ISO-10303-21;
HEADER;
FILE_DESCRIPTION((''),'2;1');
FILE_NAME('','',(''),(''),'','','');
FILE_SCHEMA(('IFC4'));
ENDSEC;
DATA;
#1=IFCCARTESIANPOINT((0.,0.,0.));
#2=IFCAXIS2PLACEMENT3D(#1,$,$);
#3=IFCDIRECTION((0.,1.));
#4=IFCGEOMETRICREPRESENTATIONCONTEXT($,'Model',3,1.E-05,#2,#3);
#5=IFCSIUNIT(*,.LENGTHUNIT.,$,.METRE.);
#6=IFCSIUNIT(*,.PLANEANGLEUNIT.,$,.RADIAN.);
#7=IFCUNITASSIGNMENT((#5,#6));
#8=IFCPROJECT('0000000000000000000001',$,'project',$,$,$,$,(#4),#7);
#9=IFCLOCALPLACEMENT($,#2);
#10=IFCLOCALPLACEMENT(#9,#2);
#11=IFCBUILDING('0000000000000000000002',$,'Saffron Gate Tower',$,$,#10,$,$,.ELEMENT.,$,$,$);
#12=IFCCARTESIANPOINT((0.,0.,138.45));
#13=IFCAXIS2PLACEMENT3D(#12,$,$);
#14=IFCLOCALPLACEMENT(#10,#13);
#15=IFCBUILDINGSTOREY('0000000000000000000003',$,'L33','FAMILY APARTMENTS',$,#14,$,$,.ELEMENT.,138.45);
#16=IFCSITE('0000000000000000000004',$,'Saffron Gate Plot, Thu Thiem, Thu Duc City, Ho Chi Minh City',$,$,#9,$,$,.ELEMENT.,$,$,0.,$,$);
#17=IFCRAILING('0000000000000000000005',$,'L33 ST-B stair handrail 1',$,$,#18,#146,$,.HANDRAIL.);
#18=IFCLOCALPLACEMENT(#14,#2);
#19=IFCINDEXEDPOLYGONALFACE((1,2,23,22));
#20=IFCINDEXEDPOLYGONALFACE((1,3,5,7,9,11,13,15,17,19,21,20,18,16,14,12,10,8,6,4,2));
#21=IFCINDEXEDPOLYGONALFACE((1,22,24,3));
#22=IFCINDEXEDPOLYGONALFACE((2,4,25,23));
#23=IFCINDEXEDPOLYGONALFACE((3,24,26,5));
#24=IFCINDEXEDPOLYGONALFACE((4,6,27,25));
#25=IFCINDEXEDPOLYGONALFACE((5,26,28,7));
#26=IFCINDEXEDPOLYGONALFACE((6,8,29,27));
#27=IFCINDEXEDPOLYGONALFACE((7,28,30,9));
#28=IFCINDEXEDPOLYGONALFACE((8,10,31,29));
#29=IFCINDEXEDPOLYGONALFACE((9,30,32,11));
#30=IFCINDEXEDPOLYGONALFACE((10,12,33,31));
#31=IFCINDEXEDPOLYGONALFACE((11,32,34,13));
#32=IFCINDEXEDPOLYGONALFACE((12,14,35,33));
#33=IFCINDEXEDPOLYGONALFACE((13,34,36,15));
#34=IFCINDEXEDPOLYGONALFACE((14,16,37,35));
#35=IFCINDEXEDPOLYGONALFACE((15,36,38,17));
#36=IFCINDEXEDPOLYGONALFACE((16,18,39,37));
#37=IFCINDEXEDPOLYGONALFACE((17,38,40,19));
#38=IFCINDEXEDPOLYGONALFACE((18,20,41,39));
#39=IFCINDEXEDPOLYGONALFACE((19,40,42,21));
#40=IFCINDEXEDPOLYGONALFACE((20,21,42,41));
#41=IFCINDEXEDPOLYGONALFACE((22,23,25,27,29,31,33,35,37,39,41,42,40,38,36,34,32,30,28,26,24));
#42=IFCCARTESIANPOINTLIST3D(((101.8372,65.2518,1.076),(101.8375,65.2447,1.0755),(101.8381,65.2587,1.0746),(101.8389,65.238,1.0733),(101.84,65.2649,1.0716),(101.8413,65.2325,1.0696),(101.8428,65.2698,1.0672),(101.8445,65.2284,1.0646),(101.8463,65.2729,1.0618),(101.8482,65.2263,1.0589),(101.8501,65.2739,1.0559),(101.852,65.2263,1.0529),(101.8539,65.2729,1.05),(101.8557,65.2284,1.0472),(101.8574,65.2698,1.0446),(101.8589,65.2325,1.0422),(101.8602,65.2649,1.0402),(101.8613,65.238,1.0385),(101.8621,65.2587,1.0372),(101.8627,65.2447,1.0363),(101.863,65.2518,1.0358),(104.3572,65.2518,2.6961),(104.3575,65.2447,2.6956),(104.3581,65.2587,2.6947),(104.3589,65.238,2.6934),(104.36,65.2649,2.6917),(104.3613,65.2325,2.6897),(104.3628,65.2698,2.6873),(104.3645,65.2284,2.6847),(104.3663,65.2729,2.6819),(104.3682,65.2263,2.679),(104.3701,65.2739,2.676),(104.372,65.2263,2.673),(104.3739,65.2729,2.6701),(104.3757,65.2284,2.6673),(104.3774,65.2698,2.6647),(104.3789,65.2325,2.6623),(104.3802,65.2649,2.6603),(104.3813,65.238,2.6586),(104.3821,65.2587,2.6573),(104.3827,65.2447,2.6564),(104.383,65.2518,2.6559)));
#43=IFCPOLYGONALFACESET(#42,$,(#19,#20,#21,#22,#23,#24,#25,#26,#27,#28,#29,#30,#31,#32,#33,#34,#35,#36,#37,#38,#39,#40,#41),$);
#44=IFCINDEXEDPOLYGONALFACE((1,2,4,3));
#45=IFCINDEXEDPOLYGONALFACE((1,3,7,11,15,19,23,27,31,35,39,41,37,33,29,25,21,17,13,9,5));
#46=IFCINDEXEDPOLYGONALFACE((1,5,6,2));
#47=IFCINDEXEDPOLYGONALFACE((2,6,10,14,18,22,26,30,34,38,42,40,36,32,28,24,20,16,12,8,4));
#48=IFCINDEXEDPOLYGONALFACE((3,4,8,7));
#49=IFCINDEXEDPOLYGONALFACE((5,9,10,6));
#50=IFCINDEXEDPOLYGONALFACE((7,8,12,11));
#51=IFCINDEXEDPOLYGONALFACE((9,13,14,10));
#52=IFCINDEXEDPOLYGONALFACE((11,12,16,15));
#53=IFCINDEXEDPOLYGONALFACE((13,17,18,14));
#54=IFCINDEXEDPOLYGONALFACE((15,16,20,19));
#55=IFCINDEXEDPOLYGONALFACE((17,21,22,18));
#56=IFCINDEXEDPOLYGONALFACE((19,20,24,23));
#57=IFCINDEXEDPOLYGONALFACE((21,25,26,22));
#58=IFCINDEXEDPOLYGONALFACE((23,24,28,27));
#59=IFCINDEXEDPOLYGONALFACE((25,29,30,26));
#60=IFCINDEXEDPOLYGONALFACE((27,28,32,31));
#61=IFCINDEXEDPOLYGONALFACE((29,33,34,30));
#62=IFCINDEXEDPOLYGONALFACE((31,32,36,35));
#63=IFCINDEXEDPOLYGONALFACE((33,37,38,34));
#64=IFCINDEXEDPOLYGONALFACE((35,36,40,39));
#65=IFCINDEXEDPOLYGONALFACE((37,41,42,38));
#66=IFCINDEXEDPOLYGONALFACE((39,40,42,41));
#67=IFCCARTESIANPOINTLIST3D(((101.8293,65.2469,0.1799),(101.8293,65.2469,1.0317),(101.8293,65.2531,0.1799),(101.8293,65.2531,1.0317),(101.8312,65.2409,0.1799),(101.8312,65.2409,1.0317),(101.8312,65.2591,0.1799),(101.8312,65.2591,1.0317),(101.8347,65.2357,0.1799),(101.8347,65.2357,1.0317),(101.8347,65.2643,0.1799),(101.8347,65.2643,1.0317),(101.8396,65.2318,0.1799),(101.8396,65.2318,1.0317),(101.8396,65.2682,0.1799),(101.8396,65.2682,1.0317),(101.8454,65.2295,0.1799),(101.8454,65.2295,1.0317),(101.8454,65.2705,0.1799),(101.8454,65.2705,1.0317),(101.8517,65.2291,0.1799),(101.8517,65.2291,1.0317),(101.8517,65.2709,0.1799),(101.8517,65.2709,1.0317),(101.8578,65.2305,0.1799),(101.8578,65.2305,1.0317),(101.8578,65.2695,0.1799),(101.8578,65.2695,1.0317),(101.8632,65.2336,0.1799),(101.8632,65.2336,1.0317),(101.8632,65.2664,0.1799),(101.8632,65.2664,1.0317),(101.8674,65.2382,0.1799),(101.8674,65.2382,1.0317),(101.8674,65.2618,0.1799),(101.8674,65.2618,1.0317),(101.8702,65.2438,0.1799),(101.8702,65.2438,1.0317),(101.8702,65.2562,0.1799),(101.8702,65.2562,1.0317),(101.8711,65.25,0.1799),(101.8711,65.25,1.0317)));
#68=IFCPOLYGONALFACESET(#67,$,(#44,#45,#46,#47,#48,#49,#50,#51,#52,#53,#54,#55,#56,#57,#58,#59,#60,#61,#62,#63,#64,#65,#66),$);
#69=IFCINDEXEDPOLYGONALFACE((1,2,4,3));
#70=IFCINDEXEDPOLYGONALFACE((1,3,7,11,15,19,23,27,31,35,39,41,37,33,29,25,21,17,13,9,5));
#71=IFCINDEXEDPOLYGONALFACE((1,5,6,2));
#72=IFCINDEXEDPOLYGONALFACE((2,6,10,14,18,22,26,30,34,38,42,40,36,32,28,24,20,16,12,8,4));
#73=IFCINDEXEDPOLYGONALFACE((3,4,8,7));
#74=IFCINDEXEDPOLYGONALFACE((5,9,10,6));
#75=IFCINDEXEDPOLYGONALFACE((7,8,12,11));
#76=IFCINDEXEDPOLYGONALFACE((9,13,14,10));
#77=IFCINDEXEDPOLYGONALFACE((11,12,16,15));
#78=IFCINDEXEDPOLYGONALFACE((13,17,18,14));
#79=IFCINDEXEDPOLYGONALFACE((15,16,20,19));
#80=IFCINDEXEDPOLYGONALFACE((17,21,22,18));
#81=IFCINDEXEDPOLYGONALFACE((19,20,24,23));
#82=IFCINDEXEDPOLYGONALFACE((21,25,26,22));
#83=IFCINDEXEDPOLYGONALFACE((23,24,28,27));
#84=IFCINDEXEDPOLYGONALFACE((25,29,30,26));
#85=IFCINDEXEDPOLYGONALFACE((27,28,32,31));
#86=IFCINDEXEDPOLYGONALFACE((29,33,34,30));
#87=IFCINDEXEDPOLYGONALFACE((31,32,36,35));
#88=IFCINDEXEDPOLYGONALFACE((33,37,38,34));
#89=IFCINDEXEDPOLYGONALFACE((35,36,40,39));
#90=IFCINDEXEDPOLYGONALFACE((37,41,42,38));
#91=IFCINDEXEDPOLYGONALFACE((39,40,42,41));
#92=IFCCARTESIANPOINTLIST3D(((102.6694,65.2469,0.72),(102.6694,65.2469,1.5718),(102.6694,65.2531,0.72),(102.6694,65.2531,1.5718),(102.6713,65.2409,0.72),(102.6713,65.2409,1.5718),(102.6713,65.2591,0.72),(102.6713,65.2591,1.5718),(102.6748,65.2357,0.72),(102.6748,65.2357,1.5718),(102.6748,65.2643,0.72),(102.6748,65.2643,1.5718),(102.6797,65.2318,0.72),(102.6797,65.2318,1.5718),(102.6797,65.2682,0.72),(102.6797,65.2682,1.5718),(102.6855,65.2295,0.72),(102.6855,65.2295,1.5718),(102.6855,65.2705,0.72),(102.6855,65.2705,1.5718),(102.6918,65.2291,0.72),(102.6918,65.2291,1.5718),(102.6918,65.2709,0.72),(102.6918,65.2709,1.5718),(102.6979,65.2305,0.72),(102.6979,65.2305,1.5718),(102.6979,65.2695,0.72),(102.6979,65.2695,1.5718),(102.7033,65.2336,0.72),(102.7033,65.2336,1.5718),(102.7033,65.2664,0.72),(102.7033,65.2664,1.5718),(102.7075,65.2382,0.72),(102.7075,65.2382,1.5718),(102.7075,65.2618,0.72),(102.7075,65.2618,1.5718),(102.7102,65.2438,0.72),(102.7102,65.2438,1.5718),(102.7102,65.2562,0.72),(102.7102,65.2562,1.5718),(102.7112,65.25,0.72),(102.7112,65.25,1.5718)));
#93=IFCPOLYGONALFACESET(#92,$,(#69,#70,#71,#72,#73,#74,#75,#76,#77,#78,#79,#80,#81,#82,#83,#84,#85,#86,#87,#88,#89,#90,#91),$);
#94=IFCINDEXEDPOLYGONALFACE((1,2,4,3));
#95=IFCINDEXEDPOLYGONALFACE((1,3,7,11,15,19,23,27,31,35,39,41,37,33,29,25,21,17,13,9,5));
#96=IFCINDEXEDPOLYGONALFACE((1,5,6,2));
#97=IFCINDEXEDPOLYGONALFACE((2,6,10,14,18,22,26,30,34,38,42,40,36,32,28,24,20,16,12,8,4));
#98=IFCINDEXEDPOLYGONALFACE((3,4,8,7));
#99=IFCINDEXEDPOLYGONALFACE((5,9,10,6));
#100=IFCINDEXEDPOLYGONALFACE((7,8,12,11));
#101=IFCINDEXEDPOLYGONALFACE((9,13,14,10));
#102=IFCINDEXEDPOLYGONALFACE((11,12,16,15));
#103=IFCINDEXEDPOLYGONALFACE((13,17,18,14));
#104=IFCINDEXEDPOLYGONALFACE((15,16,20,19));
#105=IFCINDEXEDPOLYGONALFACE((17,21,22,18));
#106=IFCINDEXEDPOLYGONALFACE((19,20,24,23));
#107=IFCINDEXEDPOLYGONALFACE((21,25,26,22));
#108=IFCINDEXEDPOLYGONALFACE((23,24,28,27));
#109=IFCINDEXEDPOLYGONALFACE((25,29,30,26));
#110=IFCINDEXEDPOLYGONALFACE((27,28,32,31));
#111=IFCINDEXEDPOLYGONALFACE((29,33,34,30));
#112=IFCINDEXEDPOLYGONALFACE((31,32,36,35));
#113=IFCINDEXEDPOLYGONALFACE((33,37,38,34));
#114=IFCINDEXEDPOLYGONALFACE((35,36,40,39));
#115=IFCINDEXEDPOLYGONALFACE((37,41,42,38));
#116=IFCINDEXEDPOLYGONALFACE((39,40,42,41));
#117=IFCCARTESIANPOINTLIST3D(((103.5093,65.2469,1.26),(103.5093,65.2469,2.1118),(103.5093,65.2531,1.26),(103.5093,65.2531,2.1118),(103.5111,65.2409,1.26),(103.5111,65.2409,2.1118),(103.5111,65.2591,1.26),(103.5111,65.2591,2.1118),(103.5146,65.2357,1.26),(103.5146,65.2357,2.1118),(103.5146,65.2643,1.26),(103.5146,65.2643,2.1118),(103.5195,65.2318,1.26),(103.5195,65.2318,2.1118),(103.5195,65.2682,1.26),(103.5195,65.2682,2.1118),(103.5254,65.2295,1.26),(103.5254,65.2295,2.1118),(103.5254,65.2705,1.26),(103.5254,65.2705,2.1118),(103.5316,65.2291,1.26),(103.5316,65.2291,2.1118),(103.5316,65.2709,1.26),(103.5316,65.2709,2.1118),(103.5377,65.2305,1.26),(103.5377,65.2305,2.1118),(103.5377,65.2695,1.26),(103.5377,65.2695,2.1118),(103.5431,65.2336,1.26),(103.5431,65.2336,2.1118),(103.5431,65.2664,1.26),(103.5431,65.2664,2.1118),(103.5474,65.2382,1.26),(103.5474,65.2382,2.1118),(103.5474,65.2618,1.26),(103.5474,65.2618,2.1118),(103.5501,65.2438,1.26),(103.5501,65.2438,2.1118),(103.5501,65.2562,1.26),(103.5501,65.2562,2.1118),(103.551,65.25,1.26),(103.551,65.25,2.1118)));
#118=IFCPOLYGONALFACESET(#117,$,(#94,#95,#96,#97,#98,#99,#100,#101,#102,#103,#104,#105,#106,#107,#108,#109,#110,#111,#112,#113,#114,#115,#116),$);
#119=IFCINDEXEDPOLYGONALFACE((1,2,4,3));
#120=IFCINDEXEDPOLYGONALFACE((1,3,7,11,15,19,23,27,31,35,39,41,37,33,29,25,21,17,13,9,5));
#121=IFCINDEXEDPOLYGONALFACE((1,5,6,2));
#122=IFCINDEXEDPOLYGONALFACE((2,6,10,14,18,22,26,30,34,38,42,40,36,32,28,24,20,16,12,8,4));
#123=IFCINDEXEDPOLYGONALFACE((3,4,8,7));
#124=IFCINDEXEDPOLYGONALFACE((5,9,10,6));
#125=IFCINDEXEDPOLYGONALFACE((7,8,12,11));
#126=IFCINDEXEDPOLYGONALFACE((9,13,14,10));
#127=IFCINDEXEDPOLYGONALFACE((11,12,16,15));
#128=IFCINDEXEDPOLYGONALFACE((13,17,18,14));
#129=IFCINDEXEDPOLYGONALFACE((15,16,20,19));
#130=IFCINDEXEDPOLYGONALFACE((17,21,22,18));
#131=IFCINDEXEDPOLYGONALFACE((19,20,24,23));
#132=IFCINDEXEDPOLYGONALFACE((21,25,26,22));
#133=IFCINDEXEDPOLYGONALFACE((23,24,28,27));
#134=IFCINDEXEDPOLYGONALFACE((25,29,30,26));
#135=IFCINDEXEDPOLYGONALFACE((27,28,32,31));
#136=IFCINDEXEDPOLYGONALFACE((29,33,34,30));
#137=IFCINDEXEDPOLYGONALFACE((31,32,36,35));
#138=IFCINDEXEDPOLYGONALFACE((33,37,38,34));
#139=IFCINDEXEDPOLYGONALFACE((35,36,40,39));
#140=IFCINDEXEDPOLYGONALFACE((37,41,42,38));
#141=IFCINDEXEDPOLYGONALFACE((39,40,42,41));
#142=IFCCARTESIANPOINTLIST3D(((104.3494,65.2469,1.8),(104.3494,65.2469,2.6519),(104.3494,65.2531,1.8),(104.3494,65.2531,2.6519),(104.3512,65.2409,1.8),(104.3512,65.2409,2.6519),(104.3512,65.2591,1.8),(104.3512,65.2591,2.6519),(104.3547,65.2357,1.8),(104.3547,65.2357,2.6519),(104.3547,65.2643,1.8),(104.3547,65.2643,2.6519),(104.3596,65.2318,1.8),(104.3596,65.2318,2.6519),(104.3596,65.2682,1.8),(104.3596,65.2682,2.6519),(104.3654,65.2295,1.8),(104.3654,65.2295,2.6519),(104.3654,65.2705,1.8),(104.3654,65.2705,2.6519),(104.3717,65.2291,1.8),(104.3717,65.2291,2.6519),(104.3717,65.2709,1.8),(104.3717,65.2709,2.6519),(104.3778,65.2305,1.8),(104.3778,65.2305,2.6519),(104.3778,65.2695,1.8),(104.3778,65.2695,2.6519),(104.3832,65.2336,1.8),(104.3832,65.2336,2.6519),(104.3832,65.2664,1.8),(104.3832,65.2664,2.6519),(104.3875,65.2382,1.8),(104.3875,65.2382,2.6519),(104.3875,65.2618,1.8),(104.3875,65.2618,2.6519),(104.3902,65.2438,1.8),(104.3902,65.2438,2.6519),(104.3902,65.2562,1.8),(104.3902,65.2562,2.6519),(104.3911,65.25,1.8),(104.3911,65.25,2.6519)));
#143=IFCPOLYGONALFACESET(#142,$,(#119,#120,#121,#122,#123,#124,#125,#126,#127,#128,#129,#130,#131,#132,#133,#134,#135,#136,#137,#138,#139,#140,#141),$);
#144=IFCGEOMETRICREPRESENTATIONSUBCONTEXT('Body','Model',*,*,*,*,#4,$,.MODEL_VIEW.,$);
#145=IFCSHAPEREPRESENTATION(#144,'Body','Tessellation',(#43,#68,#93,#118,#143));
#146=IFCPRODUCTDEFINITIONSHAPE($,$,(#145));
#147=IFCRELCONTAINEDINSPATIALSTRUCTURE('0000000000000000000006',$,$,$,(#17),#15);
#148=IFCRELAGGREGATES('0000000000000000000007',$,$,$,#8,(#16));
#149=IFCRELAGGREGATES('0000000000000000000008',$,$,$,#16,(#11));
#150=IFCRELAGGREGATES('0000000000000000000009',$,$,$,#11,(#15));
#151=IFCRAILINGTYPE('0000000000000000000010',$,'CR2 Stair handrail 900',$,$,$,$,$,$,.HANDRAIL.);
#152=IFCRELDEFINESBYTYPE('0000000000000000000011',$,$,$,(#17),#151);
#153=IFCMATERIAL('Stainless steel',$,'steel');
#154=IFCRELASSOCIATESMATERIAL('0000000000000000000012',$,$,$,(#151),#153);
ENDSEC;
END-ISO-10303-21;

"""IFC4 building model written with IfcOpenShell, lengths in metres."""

from ifc_helpers import new_model, si_unit, direction, frame, origin, origin_2d, place, context, subcontext, project, spatial, circle, extrude, material, type_object, element, save


model = new_model("IFC4")

# Units and contexts
model_context = context("Model", 3, precision=1e-05, world=origin(), true_north=direction((0.0, 1.0)))
body_context = subcontext(model_context, "Body", "Model", "MODEL_VIEW")
ifc_project = project(units=[si_unit("LENGTHUNIT", "METRE"), si_unit("PLANEANGLEUNIT", "RADIAN")], contexts=[model_context])

# Site, building, storey
site_placement = place(None, origin())
site = spatial("IfcSite", under=ifc_project, at=site_placement, Name="Saffron Gate Plot, Thu Thiem, Thu Duc City, Ho Chi Minh City", CompositionType="ELEMENT", RefElevation=0.0)
building_placement = place(site_placement, origin())
building = spatial("IfcBuilding", under=site, at=building_placement, Name="Saffron Gate Tower", CompositionType="ELEMENT")
storey_placement = place(building_placement, frame((0.0, 0.0, 138.45)))
storey = spatial("IfcBuildingStorey", under=building, at=storey_placement, Name="L33", Description="FAMILY APARTMENTS", CompositionType="ELEMENT", Elevation=138.45)

# Railing
ifc_material_1 = material(Name="Stainless steel", Category="steel")
railing_type_1 = type_object("IfcRailingType", Name="CR2 Stair handrail 900", PredefinedType="HANDRAIL", material=ifc_material_1)
railing_1_placement = place(storey_placement, frame((101.8501, 65.25, 0.1799)))
element("IfcRailing", 1, at=railing_1_placement, inside=storey, type_object=railing_type_1, Name="L33 ST-B stair handrail 1", PredefinedType="HANDRAIL", context=body_context, shape_type="SweptSolid", body=[
    extrude(circle(Radius=0.0239, at=origin_2d()), frame((0.0, 0.0, 0.876), z_axis=(0.841163, 0.0, 0.540782), x_axis=(0.0, 1.0, 0.0)), (0.0, 0.0, 1.0), 2.9958),
    extrude(circle(Radius=0.021, at=origin_2d()), origin(), (0.0, 0.0, 1.0), 0.8518),
    extrude(circle(Radius=0.021, at=origin_2d()), frame((0.8401, 0.0, 0.54)), (0.0, 0.0, 1.0), 0.8518),
    extrude(circle(Radius=0.021, at=origin_2d()), frame((1.6799, 0.0, 1.0801)), (0.0, 0.0, 1.0), 0.8518),
    extrude(circle(Radius=0.021, at=origin_2d()), frame((2.52, 0.0, 1.6201)), (0.0, 0.0, 1.0), 0.8518),
])

save(model, "model.ifc")
